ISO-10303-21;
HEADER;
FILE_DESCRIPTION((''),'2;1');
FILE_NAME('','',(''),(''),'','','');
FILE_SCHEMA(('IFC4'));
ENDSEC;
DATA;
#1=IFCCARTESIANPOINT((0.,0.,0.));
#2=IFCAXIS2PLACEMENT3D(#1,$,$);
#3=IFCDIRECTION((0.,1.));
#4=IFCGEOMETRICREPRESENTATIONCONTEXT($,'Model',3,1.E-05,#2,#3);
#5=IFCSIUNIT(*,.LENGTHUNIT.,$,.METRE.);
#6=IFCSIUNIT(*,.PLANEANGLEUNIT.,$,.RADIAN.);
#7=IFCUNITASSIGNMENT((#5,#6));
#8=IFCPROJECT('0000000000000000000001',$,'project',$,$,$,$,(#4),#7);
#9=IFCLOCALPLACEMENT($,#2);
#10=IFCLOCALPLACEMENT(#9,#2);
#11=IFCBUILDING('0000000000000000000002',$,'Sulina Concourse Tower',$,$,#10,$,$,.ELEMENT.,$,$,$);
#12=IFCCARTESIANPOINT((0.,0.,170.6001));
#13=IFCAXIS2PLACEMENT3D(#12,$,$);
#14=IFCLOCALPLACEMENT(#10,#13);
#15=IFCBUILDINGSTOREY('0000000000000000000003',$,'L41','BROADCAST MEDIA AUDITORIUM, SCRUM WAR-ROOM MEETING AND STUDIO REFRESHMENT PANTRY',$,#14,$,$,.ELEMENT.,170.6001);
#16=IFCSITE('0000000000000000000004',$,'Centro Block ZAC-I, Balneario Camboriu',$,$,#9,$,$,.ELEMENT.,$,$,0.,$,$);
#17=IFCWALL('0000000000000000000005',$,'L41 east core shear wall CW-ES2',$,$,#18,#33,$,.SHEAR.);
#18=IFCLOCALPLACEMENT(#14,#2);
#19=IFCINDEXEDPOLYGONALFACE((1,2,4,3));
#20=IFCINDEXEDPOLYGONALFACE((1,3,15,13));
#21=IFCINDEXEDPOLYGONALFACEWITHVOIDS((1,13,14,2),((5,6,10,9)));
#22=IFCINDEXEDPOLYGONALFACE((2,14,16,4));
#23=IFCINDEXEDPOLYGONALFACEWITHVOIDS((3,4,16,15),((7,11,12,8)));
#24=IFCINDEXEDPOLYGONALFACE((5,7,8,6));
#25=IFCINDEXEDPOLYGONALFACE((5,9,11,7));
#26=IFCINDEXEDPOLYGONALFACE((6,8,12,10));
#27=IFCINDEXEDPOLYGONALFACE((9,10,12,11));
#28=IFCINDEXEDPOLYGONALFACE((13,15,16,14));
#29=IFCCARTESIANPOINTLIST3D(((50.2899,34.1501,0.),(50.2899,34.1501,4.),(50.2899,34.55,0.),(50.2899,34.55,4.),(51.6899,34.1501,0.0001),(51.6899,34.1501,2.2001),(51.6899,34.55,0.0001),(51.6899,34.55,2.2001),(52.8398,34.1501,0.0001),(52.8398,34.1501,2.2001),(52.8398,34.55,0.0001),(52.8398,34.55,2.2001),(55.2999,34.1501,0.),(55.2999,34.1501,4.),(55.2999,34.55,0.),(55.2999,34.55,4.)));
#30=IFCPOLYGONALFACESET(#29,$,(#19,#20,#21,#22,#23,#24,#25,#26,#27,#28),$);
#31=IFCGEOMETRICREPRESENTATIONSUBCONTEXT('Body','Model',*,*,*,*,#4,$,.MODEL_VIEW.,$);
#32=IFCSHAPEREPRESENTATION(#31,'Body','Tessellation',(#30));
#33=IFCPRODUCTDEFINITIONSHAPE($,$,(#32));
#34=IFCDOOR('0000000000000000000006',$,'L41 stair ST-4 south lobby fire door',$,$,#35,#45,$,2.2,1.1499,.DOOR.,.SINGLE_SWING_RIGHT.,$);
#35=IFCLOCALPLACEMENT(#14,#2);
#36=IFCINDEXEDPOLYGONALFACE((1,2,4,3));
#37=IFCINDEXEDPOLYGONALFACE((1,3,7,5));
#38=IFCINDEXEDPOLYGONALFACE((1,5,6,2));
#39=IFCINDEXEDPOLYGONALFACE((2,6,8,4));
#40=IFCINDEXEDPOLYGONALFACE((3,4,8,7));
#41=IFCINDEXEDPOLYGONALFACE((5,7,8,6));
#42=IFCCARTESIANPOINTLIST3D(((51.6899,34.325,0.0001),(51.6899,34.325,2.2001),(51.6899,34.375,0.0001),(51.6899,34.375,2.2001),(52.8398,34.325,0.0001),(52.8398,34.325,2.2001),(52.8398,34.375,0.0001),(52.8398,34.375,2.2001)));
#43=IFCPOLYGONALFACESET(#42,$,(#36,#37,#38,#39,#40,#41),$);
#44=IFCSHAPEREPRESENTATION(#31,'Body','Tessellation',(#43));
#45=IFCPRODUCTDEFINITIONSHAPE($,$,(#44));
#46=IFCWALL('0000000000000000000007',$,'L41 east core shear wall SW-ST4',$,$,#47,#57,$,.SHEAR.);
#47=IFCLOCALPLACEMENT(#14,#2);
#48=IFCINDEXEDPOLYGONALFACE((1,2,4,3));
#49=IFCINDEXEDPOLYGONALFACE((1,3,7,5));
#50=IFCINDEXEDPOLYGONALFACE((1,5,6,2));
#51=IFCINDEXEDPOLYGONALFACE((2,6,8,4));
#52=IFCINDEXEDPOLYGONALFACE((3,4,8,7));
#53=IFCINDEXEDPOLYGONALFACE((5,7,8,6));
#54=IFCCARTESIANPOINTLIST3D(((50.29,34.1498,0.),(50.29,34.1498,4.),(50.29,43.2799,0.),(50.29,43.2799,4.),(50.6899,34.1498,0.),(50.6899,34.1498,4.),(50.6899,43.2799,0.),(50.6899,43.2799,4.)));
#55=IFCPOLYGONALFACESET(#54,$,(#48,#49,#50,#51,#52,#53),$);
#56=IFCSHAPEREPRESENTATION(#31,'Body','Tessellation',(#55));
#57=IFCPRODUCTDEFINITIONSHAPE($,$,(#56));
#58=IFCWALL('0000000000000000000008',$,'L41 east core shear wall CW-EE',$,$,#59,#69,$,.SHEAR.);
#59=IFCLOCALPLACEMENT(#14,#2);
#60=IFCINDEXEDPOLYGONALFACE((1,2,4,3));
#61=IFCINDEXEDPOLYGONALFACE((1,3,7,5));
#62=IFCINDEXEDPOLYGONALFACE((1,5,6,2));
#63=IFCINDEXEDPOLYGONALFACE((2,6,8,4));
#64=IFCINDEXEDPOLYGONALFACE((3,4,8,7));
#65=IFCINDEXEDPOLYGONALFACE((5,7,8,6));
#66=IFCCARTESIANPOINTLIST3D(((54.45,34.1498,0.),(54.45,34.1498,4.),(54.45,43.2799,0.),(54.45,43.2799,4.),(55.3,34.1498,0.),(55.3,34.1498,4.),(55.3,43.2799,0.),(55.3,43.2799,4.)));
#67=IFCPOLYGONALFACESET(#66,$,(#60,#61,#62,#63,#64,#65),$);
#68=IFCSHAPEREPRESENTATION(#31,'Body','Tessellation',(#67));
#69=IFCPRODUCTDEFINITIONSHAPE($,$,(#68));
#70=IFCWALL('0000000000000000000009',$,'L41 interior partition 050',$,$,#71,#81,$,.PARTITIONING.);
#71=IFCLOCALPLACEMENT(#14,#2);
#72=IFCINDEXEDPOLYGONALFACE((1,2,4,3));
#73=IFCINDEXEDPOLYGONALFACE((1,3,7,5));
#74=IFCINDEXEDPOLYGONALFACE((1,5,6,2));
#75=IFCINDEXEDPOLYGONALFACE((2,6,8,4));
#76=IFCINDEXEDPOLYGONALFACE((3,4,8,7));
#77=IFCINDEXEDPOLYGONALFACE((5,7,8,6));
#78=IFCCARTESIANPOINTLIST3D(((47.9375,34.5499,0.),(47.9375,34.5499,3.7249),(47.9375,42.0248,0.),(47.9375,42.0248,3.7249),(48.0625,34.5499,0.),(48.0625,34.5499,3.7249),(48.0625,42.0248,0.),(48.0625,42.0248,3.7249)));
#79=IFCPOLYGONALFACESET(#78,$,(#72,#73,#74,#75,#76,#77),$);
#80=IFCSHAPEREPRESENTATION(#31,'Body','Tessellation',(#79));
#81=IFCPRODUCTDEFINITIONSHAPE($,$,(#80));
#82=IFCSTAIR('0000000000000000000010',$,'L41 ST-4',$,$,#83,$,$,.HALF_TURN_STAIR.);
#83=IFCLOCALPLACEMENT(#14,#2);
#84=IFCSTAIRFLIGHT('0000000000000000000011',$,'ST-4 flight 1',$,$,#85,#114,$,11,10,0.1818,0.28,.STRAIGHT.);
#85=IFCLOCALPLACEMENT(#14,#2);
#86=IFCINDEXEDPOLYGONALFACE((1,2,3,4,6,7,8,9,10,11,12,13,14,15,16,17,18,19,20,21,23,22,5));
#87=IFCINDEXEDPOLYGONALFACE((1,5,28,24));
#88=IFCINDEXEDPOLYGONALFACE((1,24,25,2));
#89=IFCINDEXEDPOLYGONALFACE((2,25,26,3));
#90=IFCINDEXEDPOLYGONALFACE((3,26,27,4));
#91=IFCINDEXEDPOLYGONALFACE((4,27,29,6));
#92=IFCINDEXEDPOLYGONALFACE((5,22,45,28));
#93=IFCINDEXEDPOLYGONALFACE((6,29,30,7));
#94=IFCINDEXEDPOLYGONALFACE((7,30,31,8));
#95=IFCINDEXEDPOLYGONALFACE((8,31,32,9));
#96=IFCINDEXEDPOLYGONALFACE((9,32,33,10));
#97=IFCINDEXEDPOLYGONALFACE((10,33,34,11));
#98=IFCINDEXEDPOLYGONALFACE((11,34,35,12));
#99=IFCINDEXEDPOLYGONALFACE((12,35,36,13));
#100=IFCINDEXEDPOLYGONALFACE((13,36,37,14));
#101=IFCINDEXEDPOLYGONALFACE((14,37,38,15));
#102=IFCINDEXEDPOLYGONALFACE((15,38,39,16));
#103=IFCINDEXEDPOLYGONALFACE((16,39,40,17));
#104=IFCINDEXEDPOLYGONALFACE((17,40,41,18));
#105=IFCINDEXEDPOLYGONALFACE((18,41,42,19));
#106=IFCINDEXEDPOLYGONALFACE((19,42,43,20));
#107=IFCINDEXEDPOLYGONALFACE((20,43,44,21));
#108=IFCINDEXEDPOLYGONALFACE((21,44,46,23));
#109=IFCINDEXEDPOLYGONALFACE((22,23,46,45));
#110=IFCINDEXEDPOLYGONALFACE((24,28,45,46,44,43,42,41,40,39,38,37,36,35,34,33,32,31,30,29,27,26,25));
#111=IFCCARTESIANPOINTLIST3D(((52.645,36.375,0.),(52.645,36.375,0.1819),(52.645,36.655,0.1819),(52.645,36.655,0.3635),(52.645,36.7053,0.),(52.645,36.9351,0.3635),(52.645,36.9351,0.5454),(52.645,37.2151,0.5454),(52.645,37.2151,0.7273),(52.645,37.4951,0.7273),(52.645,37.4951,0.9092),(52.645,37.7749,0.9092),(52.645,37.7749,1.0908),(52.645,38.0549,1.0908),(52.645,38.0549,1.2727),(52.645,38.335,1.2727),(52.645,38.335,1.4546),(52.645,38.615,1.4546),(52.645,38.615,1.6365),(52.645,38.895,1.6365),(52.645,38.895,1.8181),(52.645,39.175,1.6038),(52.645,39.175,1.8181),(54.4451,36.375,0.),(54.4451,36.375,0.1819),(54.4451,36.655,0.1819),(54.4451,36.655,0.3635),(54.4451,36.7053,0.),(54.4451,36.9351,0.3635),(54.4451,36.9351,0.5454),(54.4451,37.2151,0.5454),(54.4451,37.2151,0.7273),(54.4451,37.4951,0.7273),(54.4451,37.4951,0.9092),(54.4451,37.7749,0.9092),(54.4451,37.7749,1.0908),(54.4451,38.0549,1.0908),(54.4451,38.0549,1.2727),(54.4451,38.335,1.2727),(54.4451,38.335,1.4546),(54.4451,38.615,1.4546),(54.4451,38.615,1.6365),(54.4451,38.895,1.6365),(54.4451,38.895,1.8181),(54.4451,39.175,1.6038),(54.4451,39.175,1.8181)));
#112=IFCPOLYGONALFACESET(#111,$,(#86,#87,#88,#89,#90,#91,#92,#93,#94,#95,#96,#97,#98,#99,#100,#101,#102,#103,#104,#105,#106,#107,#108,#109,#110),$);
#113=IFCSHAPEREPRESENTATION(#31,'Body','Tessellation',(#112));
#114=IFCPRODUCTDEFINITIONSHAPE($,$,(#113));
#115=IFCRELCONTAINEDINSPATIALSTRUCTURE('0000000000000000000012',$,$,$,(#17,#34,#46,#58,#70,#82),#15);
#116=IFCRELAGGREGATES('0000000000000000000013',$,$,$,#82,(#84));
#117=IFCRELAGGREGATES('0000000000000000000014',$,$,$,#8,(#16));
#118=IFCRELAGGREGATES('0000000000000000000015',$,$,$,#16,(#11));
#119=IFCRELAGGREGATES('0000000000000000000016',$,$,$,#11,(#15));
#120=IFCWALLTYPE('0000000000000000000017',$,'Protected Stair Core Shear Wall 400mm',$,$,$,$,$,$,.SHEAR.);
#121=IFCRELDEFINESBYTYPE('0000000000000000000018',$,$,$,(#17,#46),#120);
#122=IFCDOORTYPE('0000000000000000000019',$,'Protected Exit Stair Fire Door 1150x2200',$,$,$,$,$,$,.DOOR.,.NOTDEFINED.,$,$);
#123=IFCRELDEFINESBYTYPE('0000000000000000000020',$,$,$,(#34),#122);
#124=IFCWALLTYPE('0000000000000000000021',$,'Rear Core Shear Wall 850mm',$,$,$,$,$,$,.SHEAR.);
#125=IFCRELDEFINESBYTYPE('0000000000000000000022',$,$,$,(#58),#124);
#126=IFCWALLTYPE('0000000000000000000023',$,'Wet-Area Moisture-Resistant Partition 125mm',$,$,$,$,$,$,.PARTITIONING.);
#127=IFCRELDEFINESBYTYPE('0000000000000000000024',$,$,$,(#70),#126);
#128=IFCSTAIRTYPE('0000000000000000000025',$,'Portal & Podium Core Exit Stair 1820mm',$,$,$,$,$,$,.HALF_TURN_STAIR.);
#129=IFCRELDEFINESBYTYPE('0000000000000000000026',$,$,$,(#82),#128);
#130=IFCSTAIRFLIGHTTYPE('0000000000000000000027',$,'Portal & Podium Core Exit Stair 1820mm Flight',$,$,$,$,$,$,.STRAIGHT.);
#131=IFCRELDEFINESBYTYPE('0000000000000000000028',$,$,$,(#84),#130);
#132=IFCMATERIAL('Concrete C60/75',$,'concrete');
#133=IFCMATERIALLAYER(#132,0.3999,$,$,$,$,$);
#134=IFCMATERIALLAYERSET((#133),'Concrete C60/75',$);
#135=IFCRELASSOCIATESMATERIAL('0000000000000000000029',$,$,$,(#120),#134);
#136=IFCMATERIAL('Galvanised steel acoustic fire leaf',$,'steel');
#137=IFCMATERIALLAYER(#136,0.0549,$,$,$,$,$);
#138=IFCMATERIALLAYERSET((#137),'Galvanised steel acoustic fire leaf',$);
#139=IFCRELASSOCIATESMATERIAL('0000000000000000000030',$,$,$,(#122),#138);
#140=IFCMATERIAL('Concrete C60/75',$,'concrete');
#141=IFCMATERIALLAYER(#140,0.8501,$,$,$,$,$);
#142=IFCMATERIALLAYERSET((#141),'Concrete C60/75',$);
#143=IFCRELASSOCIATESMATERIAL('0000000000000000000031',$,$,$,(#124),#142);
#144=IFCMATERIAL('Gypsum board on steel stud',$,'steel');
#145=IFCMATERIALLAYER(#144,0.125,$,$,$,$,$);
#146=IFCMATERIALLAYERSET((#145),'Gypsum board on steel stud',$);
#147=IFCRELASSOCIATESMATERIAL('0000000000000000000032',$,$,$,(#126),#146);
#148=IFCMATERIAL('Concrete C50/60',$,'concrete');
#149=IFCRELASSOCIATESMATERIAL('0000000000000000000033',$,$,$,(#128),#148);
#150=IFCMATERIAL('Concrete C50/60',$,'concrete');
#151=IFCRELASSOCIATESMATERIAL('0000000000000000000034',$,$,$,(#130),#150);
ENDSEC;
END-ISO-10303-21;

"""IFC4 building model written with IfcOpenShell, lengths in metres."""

from ifc_helpers import new_model, si_unit, direction, frame, frame_2d, origin, place, context, subcontext, project, spatial, polyline, rectangle, outline, extrude, material, layer, layer_set, type_object, element, fill, aggregate, save


model = new_model("IFC4")

# Units and contexts
model_context = context("Model", 3, precision=1e-05, world=origin(), true_north=direction((0.0, 1.0)))
body_context = subcontext(model_context, "Body", "Model", "MODEL_VIEW")
ifc_project = project(units=[si_unit("LENGTHUNIT", "METRE"), si_unit("PLANEANGLEUNIT", "RADIAN")], contexts=[model_context])

# Site, building, storey
site_placement = place(None, origin())
site = spatial("IfcSite", under=ifc_project, at=site_placement, Name="Centro Block ZAC-I, Balneario Camboriu", CompositionType="ELEMENT", RefElevation=0.0)
building_placement = place(site_placement, origin())
building = spatial("IfcBuilding", under=site, at=building_placement, Name="Sulina Concourse Tower", CompositionType="ELEMENT")
storey_placement = place(building_placement, frame((0.0, 0.0, 170.6001)))
storey = spatial("IfcBuildingStorey", under=building, at=storey_placement, Name="L41", Description="BROADCAST MEDIA AUDITORIUM, SCRUM WAR-ROOM MEETING AND STUDIO REFRESHMENT PANTRY", CompositionType="ELEMENT", Elevation=170.6001)

# Shared definitions
ifc_material_1 = material(Name="Concrete C60/75", Category="concrete")
ifc_layer_1 = layer(ifc_material_1, 0.3999)
ifc_layer_set_1 = layer_set([ifc_layer_1], Name="Concrete C60/75")
wall_type_1 = type_object("IfcWallType", Name="Protected Stair Core Shear Wall 400mm", PredefinedType="SHEAR", material=ifc_layer_set_1)

# Wall, opening, door
wall_1_placement = place(storey_placement, frame((50.29, 34.3501, 0.0), z_axis=(0.0, 0.0, 1.0), x_axis=(1.0, 0.0, 0.0)))
wall_1 = element("IfcWall", 1, at=wall_1_placement, inside=storey, type_object=wall_type_1, Name="L41 east core shear wall CW-ES2", PredefinedType="SHEAR", context=body_context, shape_type="SweptSolid", body=[
    extrude(rectangle(XDim=5.01, YDim=0.3999, at=frame_2d((2.5049, 0.0))), origin(), (0.0, 0.0, 1.0), 4.0),
])
opening_1_placement = place(wall_1_placement, frame((1.3999, 0.0, 0.0)))
opening_1 = element("IfcOpeningElement", 2, at=opening_1_placement, cuts=wall_1, PredefinedType="OPENING", context=body_context, shape_type="SweptSolid", body=[
    extrude(rectangle(XDim=1.1499, YDim=2.2, at=frame_2d((0.575, 1.1001))), frame((0.0, 0.21, 0.0), z_axis=(0.0, -1.0, 0.0), x_axis=(1.0, 0.0, 0.0)), (0.0, 0.0, 1.0), 0.4199),
])
ifc_material_2 = material(Name="Galvanised steel acoustic fire leaf", Category="steel")
ifc_layer_2 = layer(ifc_material_2, 0.0549)
ifc_layer_set_2 = layer_set([ifc_layer_2], Name="Galvanised steel acoustic fire leaf")
door_type_1 = type_object("IfcDoorType", Name="Protected Exit Stair Fire Door 1150x2200", OperationType="NOTDEFINED", PredefinedType="DOOR", material=ifc_layer_set_2)
door_1_placement = place(opening_1_placement, origin())
door_1 = element("IfcDoor", 3, at=door_1_placement, inside=storey, type_object=door_type_1, Name="L41 stair ST-4 south lobby fire door", OperationType="SINGLE_SWING_RIGHT", OverallHeight=2.2, OverallWidth=1.1499, PredefinedType="DOOR", context=body_context, shape_type="SweptSolid", body=[
    extrude(rectangle(XDim=1.1499, YDim=2.2, at=frame_2d((0.575, 1.1001))), frame((0.0, 0.0249, 0.0), z_axis=(0.0, -1.0, 0.0), x_axis=(1.0, 0.0, 0.0)), (0.0, 0.0, 1.0), 0.05),
])
fill(opening_1, door_1)

# Walls
wall_2_placement = place(storey_placement, frame((50.49, 34.1499, 0.0), z_axis=(0.0, 0.0, 1.0), x_axis=(0.0, 1.0, 0.0)))
element("IfcWall", 4, at=wall_2_placement, inside=storey, type_object=wall_type_1, Name="L41 east core shear wall SW-ST4", PredefinedType="SHEAR", context=body_context, shape_type="SweptSolid", body=[
    extrude(rectangle(XDim=9.1301, YDim=0.3999, at=frame_2d((4.5649, 0.0))), origin(), (0.0, 0.0, 1.0), 4.0),
])
ifc_material_3 = material(Name="Concrete C60/75", Category="concrete")
ifc_layer_3 = layer(ifc_material_3, 0.8501)
ifc_layer_set_3 = layer_set([ifc_layer_3], Name="Concrete C60/75")
wall_type_2 = type_object("IfcWallType", Name="Rear Core Shear Wall 850mm", PredefinedType="SHEAR", material=ifc_layer_set_3)
wall_3_placement = place(storey_placement, frame((54.875, 34.1499, 0.0), z_axis=(0.0, 0.0, 1.0), x_axis=(0.0, 1.0, 0.0)))
element("IfcWall", 5, at=wall_3_placement, inside=storey, type_object=wall_type_2, Name="L41 east core shear wall CW-EE", PredefinedType="SHEAR", context=body_context, shape_type="SweptSolid", body=[
    extrude(rectangle(XDim=9.1301, YDim=0.8501, at=frame_2d((4.5649, 0.0))), origin(), (0.0, 0.0, 1.0), 4.0),
])
ifc_material_4 = material(Name="Gypsum board on steel stud", Category="steel")
ifc_layer_4 = layer(ifc_material_4, 0.125)
ifc_layer_set_4 = layer_set([ifc_layer_4], Name="Gypsum board on steel stud")
wall_type_3 = type_object("IfcWallType", Name="Wet-Area Moisture-Resistant Partition 125mm", PredefinedType="PARTITIONING", material=ifc_layer_set_4)
wall_4_placement = place(storey_placement, frame((48.0, 34.55, 0.0), z_axis=(0.0, 0.0, 1.0), x_axis=(0.0, 1.0, 0.0)))
element("IfcWall", 6, at=wall_4_placement, inside=storey, type_object=wall_type_3, Name="L41 interior partition 050", PredefinedType="PARTITIONING", context=body_context, shape_type="SweptSolid", body=[
    extrude(rectangle(XDim=7.4749, YDim=0.125, at=frame_2d((3.7373, 0.0))), origin(), (0.0, 0.0, 1.0), 3.7249),
])

# Stair, stair flight
ifc_material_5 = material(Name="Concrete C50/60", Category="concrete")
stair_type = type_object("IfcStairType", Name="Portal & Podium Core Exit Stair 1820mm", PredefinedType="HALF_TURN_STAIR", material=ifc_material_5)
stair_placement = place(storey_placement, origin())
stair = element("IfcStair", 7, at=stair_placement, inside=storey, type_object=stair_type, Name="L41 ST-4", PredefinedType="HALF_TURN_STAIR")
ifc_material_6 = material(Name="Concrete C50/60", Category="concrete")
stair_flight_type = type_object("IfcStairFlightType", Name="Portal & Podium Core Exit Stair 1820mm Flight", PredefinedType="STRAIGHT", material=ifc_material_6)
stair_flight_placement = place(storey_placement, frame((53.5449, 36.375, 0.0), z_axis=(0.0, 0.0, 1.0), x_axis=(0.0, 1.0, 0.0)))
stair_flight = element("IfcStairFlight", 8, at=stair_flight_placement, type_object=stair_flight_type, Name="ST-4 flight 1", NumberOfRisers=11, NumberOfTreads=10, PredefinedType="STRAIGHT", RiserHeight=0.1818, TreadLength=0.28, context=body_context, shape_type="SweptSolid", body=[
    extrude(outline(polyline([(0.0, 0.0), (0.0, 0.1819), (0.28, 0.1819), (0.28, 0.3635), (0.5601, 0.3635), (0.5601, 0.5454), (0.8401, 0.5454), (0.8401, 0.7273), (1.1201, 0.7273), (1.1201, 0.9092), (1.3999, 0.9092), (1.3999, 1.0908), (1.6799, 1.0908), (1.6799, 1.2727), (1.96, 1.2727), (1.96, 1.4546), (2.24, 1.4546), (2.24, 1.6365), (2.52, 1.6365), (2.52, 1.8181), (2.8, 1.8181), (2.8, 2.0), (2.8, 1.6038), (0.3303, 0.0), (0.0, 0.0)])), frame((0.0, 0.8999, 0.0), z_axis=(0.0, -1.0, 0.0), x_axis=(1.0, 0.0, 0.0)), (0.0, 0.0, 1.0), 1.8),
])
aggregate(stair, [stair_flight])

save(model, "model.ifc")
